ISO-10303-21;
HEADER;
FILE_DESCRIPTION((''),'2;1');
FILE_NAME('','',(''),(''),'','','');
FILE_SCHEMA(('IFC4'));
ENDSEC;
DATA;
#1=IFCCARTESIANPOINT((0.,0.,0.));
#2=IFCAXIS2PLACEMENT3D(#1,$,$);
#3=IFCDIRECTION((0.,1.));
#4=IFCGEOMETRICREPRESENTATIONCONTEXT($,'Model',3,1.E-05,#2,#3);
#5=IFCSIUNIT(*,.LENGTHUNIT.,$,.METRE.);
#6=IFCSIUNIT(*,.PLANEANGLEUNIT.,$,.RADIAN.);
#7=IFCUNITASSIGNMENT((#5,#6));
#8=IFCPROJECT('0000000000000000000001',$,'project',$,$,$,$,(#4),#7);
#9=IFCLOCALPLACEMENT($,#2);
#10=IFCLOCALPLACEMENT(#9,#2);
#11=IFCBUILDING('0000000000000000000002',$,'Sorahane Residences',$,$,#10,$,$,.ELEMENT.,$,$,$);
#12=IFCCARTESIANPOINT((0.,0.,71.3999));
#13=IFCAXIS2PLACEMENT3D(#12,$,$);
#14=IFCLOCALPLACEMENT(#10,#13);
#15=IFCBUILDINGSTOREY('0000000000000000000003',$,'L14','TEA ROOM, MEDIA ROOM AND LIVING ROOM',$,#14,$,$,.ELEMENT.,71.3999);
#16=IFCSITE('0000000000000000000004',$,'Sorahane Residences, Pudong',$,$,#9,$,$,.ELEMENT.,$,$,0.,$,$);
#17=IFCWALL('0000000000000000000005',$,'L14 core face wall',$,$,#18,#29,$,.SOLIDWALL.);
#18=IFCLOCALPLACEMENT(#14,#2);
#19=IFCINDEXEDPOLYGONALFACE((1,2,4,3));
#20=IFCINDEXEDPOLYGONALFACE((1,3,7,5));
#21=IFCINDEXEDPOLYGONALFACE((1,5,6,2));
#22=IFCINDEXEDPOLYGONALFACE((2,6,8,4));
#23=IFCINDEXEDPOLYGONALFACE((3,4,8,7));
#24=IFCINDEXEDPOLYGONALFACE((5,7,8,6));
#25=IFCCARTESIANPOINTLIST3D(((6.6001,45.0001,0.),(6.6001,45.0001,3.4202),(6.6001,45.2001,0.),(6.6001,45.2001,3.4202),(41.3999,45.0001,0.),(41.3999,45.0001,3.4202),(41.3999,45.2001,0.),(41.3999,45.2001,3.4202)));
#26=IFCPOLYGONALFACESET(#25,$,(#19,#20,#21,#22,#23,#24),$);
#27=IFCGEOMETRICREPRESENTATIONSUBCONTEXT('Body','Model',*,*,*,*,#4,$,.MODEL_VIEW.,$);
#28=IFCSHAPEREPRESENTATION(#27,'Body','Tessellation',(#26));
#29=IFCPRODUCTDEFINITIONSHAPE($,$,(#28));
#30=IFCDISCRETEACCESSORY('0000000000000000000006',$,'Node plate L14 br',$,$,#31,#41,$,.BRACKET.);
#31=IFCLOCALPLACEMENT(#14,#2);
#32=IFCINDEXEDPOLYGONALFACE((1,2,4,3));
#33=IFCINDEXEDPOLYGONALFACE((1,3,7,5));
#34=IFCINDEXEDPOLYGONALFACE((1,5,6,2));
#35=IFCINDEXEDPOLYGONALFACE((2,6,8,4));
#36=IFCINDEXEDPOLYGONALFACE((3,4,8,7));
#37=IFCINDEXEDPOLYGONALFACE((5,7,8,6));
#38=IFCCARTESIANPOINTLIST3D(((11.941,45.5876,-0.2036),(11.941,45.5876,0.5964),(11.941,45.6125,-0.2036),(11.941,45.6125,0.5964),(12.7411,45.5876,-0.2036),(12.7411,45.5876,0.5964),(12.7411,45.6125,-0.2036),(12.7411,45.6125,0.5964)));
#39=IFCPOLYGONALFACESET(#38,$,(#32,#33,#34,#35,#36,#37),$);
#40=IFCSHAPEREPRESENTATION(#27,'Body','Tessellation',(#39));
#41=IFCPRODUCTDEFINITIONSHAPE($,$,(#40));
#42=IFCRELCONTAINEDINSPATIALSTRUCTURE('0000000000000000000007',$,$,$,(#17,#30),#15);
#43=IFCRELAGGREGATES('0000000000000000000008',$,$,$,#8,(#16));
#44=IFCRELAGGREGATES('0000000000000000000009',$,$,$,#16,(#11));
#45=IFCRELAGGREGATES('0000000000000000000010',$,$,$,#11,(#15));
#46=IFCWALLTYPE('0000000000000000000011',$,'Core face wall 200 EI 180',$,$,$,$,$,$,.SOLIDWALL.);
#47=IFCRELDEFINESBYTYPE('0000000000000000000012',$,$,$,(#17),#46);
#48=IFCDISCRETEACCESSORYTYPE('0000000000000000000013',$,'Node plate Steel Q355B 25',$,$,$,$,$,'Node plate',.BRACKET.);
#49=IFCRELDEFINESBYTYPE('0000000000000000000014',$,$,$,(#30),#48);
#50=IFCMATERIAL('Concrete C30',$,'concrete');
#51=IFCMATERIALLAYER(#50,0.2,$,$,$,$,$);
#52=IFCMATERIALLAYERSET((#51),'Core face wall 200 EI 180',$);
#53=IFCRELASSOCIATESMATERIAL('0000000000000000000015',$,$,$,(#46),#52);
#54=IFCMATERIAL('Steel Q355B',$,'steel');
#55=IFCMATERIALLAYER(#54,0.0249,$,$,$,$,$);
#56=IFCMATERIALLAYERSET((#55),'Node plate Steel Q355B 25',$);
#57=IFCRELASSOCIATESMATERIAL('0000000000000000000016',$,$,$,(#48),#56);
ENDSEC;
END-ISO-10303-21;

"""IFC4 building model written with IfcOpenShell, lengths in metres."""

from ifc_helpers import new_model, si_unit, direction, frame, frame_2d, origin, origin_2d, place, context, subcontext, project, spatial, rectangle, extrude, material, layer, layer_set, type_object, element, save


model = new_model("IFC4")

# Units and contexts
model_context = context("Model", 3, precision=1e-05, world=origin(), true_north=direction((0.0, 1.0)))
body_context = subcontext(model_context, "Body", "Model", "MODEL_VIEW")
ifc_project = project(units=[si_unit("LENGTHUNIT", "METRE"), si_unit("PLANEANGLEUNIT", "RADIAN")], contexts=[model_context])

# Site, building, storey
site_placement = place(None, origin())
site = spatial("IfcSite", under=ifc_project, at=site_placement, Name="Sorahane Residences, Pudong", CompositionType="ELEMENT", RefElevation=0.0)
building_placement = place(site_placement, origin())
building = spatial("IfcBuilding", under=site, at=building_placement, Name="Sorahane Residences", CompositionType="ELEMENT")
storey_placement = place(building_placement, frame((0.0, 0.0, 71.3999)))
storey = spatial("IfcBuildingStorey", under=building, at=storey_placement, Name="L14", Description="TEA ROOM, MEDIA ROOM AND LIVING ROOM", CompositionType="ELEMENT", Elevation=71.3999)

# Wall
ifc_material_1 = material(Name="Concrete C30", Category="concrete")
ifc_layer_1 = layer(ifc_material_1, 0.2)
ifc_layer_set_1 = layer_set([ifc_layer_1], Name="Core face wall 200 EI 180")
wall_type = type_object("IfcWallType", Name="Core face wall 200 EI 180", PredefinedType="SOLIDWALL", material=ifc_layer_set_1)
wall_placement = place(storey_placement, frame((6.6001, 45.1001, 0.0), z_axis=(0.0, 0.0, 1.0), x_axis=(1.0, 0.0, 0.0)))
element("IfcWall", 1, at=wall_placement, inside=storey, type_object=wall_type, Name="L14 core face wall", PredefinedType="SOLIDWALL", context=body_context, shape_type="SweptSolid", body=[
    extrude(rectangle(XDim=34.7998, YDim=0.2, at=frame_2d((17.3999, 0.0))), origin(), (0.0, 0.0, 1.0), 3.4202),
])

# Discrete accessory
ifc_material_2 = material(Name="Steel Q355B", Category="steel")
ifc_layer_2 = layer(ifc_material_2, 0.0249)
ifc_layer_set_2 = layer_set([ifc_layer_2], Name="Node plate Steel Q355B 25")
discrete_accessory_type = type_object("IfcDiscreteAccessoryType", Name="Node plate Steel Q355B 25", ElementType="Node plate", PredefinedType="BRACKET", material=ifc_layer_set_2)
discrete_accessory_placement = place(storey_placement, frame((12.3411, 45.6001, -0.2036), z_axis=(0.0, 0.0, 1.0), x_axis=(1.0, 0.0, 0.0)))
element("IfcDiscreteAccessory", 2, at=discrete_accessory_placement, inside=storey, type_object=discrete_accessory_type, Name="Node plate L14 br", PredefinedType="BRACKET", context=body_context, shape_type="SweptSolid", body=[
    extrude(rectangle(XDim=0.8, YDim=0.0249, at=origin_2d()), origin(), (0.0, 0.0, 1.0), 0.8),
])

save(model, "model.ifc")
